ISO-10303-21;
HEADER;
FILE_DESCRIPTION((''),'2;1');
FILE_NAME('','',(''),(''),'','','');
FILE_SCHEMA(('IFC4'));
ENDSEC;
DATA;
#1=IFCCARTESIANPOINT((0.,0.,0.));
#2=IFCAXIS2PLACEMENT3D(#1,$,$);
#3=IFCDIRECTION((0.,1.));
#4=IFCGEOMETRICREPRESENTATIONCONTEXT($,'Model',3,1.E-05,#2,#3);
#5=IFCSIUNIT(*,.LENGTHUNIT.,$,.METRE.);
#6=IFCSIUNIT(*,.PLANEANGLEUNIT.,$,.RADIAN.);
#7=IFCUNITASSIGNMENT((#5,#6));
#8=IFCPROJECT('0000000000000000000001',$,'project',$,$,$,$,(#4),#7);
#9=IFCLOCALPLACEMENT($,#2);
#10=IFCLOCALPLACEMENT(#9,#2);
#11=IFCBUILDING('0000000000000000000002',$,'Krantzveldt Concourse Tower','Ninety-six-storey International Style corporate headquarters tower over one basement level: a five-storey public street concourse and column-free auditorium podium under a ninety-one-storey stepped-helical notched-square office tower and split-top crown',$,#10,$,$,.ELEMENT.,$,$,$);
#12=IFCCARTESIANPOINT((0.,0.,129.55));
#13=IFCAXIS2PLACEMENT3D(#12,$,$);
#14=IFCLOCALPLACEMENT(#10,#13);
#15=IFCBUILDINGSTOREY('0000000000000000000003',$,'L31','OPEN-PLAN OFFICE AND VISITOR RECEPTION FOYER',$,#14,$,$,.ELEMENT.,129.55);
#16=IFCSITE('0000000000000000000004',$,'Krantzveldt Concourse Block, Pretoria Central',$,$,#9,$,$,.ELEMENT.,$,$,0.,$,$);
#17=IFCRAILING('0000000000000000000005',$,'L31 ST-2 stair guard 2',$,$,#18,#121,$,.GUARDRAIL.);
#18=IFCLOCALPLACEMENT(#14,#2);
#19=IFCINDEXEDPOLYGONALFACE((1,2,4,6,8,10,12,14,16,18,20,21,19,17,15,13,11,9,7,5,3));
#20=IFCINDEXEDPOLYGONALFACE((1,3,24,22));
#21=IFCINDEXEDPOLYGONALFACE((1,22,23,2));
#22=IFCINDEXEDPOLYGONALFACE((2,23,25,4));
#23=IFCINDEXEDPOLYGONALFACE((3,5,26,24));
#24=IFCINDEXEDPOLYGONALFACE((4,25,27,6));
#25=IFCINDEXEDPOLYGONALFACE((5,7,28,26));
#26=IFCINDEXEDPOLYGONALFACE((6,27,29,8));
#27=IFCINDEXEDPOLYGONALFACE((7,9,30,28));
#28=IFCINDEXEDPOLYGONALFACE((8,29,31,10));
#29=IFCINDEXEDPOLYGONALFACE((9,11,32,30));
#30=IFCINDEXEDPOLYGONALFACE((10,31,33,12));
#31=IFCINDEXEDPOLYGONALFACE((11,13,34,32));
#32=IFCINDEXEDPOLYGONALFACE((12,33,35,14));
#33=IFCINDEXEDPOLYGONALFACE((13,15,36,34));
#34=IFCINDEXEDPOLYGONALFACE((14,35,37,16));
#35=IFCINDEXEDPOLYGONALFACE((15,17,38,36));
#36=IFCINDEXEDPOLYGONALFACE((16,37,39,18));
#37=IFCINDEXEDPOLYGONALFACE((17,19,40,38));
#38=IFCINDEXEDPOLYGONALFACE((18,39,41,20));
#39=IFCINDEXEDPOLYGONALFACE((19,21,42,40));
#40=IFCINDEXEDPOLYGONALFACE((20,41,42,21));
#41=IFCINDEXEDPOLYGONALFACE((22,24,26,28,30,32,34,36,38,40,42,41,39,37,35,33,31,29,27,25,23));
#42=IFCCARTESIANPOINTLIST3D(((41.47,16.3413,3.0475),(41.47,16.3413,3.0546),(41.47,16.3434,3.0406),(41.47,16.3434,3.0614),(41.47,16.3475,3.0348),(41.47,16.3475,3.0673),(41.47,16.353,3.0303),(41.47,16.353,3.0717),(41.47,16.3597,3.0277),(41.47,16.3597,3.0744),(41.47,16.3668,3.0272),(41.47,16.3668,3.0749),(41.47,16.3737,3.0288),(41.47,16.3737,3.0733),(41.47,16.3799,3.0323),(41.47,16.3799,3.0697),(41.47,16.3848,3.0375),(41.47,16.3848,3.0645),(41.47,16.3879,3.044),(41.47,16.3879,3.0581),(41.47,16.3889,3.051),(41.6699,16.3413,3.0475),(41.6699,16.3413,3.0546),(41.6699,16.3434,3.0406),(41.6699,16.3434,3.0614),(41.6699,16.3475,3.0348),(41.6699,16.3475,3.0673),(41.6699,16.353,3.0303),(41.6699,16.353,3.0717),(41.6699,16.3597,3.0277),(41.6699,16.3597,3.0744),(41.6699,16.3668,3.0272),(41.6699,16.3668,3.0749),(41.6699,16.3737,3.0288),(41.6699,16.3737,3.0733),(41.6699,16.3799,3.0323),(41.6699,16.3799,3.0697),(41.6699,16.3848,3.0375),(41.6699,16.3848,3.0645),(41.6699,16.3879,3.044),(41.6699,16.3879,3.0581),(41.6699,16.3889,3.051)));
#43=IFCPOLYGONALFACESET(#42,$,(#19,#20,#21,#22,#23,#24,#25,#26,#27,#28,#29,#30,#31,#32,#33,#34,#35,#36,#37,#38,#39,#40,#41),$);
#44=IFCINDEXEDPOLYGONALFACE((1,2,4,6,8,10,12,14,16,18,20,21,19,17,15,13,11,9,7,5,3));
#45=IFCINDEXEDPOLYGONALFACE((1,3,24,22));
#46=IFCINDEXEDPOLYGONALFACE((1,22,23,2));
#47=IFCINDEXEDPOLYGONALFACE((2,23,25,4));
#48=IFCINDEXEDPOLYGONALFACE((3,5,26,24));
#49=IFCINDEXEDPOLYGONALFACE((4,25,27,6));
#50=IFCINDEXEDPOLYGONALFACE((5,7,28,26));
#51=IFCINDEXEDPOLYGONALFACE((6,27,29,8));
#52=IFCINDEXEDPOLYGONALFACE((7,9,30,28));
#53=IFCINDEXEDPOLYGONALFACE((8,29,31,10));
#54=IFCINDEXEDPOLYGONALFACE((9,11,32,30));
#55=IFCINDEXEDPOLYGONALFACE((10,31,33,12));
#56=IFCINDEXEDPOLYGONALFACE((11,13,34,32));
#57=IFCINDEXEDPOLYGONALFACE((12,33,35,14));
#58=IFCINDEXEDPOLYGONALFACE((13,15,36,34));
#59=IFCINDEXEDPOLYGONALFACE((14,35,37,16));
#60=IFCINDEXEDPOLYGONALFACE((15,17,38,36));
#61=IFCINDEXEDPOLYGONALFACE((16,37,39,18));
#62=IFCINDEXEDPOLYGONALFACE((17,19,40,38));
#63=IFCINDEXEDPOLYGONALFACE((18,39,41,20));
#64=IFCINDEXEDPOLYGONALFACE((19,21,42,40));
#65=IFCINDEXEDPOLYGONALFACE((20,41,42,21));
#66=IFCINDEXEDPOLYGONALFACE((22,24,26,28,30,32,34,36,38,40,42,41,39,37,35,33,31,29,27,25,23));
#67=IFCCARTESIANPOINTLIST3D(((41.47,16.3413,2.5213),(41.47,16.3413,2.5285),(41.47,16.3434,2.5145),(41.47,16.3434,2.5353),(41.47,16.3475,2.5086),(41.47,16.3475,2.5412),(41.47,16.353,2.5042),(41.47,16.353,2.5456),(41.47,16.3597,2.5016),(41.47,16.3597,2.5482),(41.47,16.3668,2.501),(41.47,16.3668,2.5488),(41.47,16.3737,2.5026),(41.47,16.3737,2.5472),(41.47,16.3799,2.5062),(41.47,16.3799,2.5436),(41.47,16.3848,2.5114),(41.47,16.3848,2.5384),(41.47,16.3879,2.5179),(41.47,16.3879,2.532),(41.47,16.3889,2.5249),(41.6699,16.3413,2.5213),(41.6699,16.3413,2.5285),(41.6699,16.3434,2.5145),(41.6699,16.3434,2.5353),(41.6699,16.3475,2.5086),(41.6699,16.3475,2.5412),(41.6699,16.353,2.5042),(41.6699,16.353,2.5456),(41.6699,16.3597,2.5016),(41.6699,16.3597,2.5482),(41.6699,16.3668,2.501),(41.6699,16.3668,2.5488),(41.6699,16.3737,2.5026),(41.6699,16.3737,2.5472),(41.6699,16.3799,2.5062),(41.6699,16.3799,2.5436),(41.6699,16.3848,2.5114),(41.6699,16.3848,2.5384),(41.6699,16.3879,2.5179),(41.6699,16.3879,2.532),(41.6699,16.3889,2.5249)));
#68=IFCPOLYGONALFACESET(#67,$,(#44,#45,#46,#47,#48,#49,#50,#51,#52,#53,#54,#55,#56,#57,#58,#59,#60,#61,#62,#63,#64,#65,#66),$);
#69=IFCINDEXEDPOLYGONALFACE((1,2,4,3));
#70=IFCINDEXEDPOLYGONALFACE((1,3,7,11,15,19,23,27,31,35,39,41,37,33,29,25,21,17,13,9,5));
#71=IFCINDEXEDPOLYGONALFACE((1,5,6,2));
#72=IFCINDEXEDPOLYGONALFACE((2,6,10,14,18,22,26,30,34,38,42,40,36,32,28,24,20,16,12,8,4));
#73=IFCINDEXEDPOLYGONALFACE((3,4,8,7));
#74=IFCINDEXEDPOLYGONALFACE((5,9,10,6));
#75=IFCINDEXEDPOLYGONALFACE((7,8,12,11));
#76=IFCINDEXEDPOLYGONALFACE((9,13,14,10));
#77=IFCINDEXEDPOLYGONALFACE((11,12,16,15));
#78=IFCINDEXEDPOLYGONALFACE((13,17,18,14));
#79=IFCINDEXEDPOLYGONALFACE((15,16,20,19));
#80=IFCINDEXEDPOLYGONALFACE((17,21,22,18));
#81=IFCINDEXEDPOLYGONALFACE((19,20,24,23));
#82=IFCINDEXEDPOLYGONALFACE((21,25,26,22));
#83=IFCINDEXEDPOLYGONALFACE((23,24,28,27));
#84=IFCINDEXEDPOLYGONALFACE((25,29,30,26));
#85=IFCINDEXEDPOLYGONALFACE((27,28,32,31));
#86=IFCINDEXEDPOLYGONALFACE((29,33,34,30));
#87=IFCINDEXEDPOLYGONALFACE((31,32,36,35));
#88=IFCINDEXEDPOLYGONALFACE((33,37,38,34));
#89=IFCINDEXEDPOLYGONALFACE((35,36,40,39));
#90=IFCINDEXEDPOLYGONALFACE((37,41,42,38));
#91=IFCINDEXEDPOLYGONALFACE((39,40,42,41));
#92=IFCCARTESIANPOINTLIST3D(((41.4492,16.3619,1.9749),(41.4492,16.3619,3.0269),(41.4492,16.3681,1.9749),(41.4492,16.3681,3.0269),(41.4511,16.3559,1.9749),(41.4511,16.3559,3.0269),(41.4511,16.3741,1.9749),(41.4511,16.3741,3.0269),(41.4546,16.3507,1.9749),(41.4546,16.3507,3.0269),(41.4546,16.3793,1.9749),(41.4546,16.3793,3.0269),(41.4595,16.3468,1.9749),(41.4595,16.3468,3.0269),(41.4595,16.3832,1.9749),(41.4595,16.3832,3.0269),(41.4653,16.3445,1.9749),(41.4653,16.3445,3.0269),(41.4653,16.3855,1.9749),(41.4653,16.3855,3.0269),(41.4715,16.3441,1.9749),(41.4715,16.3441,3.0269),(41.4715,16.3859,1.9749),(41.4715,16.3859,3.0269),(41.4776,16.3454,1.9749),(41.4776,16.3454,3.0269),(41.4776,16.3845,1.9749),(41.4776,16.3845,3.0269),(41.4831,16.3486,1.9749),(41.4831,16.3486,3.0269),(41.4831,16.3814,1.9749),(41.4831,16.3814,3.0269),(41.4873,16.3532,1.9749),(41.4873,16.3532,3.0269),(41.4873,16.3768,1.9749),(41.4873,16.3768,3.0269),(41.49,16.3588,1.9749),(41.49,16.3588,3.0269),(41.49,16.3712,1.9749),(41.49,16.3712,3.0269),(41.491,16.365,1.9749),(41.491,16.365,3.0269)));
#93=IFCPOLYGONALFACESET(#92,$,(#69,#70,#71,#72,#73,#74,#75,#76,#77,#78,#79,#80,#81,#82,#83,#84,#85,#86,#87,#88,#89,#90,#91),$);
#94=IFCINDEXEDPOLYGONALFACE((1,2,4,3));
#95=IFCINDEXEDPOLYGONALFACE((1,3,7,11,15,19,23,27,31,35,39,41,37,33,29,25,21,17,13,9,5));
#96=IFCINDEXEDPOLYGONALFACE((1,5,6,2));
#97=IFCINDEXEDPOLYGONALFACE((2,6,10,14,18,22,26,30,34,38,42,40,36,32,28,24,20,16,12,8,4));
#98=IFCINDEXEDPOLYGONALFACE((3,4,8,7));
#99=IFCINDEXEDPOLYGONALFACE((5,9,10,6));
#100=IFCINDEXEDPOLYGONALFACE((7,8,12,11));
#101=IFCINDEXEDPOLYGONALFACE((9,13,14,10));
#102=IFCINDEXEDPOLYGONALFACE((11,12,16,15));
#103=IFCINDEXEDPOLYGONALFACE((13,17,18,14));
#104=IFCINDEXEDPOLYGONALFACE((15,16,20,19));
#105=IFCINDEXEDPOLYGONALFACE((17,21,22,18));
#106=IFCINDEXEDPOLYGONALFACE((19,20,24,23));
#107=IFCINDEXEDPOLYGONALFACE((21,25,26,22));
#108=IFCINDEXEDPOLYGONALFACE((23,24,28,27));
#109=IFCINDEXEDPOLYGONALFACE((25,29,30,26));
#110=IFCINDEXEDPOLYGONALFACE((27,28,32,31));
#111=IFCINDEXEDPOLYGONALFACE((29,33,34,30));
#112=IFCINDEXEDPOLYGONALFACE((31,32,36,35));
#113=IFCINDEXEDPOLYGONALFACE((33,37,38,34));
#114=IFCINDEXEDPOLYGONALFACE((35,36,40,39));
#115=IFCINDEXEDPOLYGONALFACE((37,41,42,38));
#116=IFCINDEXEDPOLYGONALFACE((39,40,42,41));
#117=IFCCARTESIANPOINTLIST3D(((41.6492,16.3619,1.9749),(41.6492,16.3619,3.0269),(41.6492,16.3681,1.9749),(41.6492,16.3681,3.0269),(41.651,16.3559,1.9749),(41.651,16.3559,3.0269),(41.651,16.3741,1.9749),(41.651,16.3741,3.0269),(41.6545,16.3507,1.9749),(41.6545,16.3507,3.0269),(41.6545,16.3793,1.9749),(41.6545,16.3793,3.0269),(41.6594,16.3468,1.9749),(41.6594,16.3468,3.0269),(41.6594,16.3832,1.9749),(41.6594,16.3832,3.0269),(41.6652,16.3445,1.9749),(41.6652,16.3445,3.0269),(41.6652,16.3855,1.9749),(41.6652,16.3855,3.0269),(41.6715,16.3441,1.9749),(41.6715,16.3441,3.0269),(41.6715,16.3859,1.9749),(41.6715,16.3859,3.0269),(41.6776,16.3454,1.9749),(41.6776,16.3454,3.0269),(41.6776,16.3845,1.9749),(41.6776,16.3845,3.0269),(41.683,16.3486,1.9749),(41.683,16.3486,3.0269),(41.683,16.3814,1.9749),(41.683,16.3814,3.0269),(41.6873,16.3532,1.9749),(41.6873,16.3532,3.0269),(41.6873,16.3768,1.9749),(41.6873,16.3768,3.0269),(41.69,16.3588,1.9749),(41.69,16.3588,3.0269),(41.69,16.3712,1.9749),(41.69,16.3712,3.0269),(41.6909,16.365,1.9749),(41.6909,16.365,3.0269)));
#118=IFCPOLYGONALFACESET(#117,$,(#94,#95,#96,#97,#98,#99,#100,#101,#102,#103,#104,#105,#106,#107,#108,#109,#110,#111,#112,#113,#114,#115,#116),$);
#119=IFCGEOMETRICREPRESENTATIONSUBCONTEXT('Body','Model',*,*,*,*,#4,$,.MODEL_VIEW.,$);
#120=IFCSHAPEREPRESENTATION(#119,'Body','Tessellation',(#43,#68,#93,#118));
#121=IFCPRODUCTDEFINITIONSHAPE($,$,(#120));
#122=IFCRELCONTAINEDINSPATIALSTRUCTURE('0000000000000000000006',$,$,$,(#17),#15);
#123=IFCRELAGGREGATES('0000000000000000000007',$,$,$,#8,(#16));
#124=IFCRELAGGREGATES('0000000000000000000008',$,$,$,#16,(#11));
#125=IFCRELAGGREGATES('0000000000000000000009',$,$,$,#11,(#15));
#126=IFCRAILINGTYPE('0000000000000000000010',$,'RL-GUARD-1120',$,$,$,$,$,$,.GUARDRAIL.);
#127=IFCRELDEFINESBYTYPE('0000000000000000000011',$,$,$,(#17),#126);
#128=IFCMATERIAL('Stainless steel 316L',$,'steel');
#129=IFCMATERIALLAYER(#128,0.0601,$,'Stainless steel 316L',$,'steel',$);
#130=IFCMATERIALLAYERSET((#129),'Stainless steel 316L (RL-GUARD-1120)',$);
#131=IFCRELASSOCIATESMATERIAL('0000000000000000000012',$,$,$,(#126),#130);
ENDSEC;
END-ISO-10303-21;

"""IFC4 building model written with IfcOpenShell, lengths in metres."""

from ifc_helpers import new_model, si_unit, direction, frame, origin, origin_2d, place, context, subcontext, project, spatial, circle, extrude, material, layer, layer_set, type_object, element, save


model = new_model("IFC4")

# Units and contexts
model_context = context("Model", 3, precision=1e-05, world=origin(), true_north=direction((0.0, 1.0)))
body_context = subcontext(model_context, "Body", "Model", "MODEL_VIEW")
ifc_project = project(units=[si_unit("LENGTHUNIT", "METRE"), si_unit("PLANEANGLEUNIT", "RADIAN")], contexts=[model_context])

# Site, building, storey
site_placement = place(None, origin())
site = spatial("IfcSite", under=ifc_project, at=site_placement, Name="Krantzveldt Concourse Block, Pretoria Central", CompositionType="ELEMENT", RefElevation=0.0)
building_placement = place(site_placement, origin())
building = spatial("IfcBuilding", under=site, at=building_placement, Name="Krantzveldt Concourse Tower", Description="Ninety-six-storey International Style corporate headquarters tower over one basement level: a five-storey public street concourse and column-free auditorium podium under a ninety-one-storey stepped-helical notched-square office tower and split-top crown", CompositionType="ELEMENT")
storey_placement = place(building_placement, frame((0.0, 0.0, 129.55)))
storey = spatial("IfcBuildingStorey", under=building, at=storey_placement, Name="L31", Description="OPEN-PLAN OFFICE AND VISITOR RECEPTION FOYER", CompositionType="ELEMENT", Elevation=129.55)

# Shared definitions
ifc_material_1 = material(Name="Stainless steel 316L", Category="steel")

# Railing
ifc_layer_1 = layer(ifc_material_1, 0.0601, Name="Stainless steel 316L", Category="steel")
ifc_layer_set_1 = layer_set([ifc_layer_1], Name="Stainless steel 316L (RL-GUARD-1120)")
railing_type_1 = type_object("IfcRailingType", Name="RL-GUARD-1120", PredefinedType="GUARDRAIL", material=ifc_layer_set_1)
railing_1_placement = place(storey_placement, frame((41.47, 16.365, 1.9749)))
element("IfcRailing", 1, at=railing_1_placement, inside=storey, type_object=railing_type_1, Name="L31 ST-2 stair guard 2", PredefinedType="GUARDRAIL", context=body_context, shape_type="SweptSolid", body=[
    extrude(circle(Radius=0.0239, at=origin_2d()), frame((0.0, 0.0, 1.0762), z_axis=(1.0, 0.0, 0.0), x_axis=(0.0, 1.0, 0.0)), (0.0, 0.0, 1.0), 0.2),
    extrude(circle(Radius=0.0239, at=origin_2d()), frame((0.0, 0.0, 0.55), z_axis=(1.0, 0.0, 0.0), x_axis=(0.0, 1.0, 0.0)), (0.0, 0.0, 1.0), 0.2),
    extrude(circle(Radius=0.021, at=origin_2d()), origin(), (0.0, 0.0, 1.0), 1.052),
    extrude(circle(Radius=0.021, at=origin_2d()), frame((0.2, 0.0, 0.0)), (0.0, 0.0, 1.0), 1.052),
])

save(model, "model.ifc")
